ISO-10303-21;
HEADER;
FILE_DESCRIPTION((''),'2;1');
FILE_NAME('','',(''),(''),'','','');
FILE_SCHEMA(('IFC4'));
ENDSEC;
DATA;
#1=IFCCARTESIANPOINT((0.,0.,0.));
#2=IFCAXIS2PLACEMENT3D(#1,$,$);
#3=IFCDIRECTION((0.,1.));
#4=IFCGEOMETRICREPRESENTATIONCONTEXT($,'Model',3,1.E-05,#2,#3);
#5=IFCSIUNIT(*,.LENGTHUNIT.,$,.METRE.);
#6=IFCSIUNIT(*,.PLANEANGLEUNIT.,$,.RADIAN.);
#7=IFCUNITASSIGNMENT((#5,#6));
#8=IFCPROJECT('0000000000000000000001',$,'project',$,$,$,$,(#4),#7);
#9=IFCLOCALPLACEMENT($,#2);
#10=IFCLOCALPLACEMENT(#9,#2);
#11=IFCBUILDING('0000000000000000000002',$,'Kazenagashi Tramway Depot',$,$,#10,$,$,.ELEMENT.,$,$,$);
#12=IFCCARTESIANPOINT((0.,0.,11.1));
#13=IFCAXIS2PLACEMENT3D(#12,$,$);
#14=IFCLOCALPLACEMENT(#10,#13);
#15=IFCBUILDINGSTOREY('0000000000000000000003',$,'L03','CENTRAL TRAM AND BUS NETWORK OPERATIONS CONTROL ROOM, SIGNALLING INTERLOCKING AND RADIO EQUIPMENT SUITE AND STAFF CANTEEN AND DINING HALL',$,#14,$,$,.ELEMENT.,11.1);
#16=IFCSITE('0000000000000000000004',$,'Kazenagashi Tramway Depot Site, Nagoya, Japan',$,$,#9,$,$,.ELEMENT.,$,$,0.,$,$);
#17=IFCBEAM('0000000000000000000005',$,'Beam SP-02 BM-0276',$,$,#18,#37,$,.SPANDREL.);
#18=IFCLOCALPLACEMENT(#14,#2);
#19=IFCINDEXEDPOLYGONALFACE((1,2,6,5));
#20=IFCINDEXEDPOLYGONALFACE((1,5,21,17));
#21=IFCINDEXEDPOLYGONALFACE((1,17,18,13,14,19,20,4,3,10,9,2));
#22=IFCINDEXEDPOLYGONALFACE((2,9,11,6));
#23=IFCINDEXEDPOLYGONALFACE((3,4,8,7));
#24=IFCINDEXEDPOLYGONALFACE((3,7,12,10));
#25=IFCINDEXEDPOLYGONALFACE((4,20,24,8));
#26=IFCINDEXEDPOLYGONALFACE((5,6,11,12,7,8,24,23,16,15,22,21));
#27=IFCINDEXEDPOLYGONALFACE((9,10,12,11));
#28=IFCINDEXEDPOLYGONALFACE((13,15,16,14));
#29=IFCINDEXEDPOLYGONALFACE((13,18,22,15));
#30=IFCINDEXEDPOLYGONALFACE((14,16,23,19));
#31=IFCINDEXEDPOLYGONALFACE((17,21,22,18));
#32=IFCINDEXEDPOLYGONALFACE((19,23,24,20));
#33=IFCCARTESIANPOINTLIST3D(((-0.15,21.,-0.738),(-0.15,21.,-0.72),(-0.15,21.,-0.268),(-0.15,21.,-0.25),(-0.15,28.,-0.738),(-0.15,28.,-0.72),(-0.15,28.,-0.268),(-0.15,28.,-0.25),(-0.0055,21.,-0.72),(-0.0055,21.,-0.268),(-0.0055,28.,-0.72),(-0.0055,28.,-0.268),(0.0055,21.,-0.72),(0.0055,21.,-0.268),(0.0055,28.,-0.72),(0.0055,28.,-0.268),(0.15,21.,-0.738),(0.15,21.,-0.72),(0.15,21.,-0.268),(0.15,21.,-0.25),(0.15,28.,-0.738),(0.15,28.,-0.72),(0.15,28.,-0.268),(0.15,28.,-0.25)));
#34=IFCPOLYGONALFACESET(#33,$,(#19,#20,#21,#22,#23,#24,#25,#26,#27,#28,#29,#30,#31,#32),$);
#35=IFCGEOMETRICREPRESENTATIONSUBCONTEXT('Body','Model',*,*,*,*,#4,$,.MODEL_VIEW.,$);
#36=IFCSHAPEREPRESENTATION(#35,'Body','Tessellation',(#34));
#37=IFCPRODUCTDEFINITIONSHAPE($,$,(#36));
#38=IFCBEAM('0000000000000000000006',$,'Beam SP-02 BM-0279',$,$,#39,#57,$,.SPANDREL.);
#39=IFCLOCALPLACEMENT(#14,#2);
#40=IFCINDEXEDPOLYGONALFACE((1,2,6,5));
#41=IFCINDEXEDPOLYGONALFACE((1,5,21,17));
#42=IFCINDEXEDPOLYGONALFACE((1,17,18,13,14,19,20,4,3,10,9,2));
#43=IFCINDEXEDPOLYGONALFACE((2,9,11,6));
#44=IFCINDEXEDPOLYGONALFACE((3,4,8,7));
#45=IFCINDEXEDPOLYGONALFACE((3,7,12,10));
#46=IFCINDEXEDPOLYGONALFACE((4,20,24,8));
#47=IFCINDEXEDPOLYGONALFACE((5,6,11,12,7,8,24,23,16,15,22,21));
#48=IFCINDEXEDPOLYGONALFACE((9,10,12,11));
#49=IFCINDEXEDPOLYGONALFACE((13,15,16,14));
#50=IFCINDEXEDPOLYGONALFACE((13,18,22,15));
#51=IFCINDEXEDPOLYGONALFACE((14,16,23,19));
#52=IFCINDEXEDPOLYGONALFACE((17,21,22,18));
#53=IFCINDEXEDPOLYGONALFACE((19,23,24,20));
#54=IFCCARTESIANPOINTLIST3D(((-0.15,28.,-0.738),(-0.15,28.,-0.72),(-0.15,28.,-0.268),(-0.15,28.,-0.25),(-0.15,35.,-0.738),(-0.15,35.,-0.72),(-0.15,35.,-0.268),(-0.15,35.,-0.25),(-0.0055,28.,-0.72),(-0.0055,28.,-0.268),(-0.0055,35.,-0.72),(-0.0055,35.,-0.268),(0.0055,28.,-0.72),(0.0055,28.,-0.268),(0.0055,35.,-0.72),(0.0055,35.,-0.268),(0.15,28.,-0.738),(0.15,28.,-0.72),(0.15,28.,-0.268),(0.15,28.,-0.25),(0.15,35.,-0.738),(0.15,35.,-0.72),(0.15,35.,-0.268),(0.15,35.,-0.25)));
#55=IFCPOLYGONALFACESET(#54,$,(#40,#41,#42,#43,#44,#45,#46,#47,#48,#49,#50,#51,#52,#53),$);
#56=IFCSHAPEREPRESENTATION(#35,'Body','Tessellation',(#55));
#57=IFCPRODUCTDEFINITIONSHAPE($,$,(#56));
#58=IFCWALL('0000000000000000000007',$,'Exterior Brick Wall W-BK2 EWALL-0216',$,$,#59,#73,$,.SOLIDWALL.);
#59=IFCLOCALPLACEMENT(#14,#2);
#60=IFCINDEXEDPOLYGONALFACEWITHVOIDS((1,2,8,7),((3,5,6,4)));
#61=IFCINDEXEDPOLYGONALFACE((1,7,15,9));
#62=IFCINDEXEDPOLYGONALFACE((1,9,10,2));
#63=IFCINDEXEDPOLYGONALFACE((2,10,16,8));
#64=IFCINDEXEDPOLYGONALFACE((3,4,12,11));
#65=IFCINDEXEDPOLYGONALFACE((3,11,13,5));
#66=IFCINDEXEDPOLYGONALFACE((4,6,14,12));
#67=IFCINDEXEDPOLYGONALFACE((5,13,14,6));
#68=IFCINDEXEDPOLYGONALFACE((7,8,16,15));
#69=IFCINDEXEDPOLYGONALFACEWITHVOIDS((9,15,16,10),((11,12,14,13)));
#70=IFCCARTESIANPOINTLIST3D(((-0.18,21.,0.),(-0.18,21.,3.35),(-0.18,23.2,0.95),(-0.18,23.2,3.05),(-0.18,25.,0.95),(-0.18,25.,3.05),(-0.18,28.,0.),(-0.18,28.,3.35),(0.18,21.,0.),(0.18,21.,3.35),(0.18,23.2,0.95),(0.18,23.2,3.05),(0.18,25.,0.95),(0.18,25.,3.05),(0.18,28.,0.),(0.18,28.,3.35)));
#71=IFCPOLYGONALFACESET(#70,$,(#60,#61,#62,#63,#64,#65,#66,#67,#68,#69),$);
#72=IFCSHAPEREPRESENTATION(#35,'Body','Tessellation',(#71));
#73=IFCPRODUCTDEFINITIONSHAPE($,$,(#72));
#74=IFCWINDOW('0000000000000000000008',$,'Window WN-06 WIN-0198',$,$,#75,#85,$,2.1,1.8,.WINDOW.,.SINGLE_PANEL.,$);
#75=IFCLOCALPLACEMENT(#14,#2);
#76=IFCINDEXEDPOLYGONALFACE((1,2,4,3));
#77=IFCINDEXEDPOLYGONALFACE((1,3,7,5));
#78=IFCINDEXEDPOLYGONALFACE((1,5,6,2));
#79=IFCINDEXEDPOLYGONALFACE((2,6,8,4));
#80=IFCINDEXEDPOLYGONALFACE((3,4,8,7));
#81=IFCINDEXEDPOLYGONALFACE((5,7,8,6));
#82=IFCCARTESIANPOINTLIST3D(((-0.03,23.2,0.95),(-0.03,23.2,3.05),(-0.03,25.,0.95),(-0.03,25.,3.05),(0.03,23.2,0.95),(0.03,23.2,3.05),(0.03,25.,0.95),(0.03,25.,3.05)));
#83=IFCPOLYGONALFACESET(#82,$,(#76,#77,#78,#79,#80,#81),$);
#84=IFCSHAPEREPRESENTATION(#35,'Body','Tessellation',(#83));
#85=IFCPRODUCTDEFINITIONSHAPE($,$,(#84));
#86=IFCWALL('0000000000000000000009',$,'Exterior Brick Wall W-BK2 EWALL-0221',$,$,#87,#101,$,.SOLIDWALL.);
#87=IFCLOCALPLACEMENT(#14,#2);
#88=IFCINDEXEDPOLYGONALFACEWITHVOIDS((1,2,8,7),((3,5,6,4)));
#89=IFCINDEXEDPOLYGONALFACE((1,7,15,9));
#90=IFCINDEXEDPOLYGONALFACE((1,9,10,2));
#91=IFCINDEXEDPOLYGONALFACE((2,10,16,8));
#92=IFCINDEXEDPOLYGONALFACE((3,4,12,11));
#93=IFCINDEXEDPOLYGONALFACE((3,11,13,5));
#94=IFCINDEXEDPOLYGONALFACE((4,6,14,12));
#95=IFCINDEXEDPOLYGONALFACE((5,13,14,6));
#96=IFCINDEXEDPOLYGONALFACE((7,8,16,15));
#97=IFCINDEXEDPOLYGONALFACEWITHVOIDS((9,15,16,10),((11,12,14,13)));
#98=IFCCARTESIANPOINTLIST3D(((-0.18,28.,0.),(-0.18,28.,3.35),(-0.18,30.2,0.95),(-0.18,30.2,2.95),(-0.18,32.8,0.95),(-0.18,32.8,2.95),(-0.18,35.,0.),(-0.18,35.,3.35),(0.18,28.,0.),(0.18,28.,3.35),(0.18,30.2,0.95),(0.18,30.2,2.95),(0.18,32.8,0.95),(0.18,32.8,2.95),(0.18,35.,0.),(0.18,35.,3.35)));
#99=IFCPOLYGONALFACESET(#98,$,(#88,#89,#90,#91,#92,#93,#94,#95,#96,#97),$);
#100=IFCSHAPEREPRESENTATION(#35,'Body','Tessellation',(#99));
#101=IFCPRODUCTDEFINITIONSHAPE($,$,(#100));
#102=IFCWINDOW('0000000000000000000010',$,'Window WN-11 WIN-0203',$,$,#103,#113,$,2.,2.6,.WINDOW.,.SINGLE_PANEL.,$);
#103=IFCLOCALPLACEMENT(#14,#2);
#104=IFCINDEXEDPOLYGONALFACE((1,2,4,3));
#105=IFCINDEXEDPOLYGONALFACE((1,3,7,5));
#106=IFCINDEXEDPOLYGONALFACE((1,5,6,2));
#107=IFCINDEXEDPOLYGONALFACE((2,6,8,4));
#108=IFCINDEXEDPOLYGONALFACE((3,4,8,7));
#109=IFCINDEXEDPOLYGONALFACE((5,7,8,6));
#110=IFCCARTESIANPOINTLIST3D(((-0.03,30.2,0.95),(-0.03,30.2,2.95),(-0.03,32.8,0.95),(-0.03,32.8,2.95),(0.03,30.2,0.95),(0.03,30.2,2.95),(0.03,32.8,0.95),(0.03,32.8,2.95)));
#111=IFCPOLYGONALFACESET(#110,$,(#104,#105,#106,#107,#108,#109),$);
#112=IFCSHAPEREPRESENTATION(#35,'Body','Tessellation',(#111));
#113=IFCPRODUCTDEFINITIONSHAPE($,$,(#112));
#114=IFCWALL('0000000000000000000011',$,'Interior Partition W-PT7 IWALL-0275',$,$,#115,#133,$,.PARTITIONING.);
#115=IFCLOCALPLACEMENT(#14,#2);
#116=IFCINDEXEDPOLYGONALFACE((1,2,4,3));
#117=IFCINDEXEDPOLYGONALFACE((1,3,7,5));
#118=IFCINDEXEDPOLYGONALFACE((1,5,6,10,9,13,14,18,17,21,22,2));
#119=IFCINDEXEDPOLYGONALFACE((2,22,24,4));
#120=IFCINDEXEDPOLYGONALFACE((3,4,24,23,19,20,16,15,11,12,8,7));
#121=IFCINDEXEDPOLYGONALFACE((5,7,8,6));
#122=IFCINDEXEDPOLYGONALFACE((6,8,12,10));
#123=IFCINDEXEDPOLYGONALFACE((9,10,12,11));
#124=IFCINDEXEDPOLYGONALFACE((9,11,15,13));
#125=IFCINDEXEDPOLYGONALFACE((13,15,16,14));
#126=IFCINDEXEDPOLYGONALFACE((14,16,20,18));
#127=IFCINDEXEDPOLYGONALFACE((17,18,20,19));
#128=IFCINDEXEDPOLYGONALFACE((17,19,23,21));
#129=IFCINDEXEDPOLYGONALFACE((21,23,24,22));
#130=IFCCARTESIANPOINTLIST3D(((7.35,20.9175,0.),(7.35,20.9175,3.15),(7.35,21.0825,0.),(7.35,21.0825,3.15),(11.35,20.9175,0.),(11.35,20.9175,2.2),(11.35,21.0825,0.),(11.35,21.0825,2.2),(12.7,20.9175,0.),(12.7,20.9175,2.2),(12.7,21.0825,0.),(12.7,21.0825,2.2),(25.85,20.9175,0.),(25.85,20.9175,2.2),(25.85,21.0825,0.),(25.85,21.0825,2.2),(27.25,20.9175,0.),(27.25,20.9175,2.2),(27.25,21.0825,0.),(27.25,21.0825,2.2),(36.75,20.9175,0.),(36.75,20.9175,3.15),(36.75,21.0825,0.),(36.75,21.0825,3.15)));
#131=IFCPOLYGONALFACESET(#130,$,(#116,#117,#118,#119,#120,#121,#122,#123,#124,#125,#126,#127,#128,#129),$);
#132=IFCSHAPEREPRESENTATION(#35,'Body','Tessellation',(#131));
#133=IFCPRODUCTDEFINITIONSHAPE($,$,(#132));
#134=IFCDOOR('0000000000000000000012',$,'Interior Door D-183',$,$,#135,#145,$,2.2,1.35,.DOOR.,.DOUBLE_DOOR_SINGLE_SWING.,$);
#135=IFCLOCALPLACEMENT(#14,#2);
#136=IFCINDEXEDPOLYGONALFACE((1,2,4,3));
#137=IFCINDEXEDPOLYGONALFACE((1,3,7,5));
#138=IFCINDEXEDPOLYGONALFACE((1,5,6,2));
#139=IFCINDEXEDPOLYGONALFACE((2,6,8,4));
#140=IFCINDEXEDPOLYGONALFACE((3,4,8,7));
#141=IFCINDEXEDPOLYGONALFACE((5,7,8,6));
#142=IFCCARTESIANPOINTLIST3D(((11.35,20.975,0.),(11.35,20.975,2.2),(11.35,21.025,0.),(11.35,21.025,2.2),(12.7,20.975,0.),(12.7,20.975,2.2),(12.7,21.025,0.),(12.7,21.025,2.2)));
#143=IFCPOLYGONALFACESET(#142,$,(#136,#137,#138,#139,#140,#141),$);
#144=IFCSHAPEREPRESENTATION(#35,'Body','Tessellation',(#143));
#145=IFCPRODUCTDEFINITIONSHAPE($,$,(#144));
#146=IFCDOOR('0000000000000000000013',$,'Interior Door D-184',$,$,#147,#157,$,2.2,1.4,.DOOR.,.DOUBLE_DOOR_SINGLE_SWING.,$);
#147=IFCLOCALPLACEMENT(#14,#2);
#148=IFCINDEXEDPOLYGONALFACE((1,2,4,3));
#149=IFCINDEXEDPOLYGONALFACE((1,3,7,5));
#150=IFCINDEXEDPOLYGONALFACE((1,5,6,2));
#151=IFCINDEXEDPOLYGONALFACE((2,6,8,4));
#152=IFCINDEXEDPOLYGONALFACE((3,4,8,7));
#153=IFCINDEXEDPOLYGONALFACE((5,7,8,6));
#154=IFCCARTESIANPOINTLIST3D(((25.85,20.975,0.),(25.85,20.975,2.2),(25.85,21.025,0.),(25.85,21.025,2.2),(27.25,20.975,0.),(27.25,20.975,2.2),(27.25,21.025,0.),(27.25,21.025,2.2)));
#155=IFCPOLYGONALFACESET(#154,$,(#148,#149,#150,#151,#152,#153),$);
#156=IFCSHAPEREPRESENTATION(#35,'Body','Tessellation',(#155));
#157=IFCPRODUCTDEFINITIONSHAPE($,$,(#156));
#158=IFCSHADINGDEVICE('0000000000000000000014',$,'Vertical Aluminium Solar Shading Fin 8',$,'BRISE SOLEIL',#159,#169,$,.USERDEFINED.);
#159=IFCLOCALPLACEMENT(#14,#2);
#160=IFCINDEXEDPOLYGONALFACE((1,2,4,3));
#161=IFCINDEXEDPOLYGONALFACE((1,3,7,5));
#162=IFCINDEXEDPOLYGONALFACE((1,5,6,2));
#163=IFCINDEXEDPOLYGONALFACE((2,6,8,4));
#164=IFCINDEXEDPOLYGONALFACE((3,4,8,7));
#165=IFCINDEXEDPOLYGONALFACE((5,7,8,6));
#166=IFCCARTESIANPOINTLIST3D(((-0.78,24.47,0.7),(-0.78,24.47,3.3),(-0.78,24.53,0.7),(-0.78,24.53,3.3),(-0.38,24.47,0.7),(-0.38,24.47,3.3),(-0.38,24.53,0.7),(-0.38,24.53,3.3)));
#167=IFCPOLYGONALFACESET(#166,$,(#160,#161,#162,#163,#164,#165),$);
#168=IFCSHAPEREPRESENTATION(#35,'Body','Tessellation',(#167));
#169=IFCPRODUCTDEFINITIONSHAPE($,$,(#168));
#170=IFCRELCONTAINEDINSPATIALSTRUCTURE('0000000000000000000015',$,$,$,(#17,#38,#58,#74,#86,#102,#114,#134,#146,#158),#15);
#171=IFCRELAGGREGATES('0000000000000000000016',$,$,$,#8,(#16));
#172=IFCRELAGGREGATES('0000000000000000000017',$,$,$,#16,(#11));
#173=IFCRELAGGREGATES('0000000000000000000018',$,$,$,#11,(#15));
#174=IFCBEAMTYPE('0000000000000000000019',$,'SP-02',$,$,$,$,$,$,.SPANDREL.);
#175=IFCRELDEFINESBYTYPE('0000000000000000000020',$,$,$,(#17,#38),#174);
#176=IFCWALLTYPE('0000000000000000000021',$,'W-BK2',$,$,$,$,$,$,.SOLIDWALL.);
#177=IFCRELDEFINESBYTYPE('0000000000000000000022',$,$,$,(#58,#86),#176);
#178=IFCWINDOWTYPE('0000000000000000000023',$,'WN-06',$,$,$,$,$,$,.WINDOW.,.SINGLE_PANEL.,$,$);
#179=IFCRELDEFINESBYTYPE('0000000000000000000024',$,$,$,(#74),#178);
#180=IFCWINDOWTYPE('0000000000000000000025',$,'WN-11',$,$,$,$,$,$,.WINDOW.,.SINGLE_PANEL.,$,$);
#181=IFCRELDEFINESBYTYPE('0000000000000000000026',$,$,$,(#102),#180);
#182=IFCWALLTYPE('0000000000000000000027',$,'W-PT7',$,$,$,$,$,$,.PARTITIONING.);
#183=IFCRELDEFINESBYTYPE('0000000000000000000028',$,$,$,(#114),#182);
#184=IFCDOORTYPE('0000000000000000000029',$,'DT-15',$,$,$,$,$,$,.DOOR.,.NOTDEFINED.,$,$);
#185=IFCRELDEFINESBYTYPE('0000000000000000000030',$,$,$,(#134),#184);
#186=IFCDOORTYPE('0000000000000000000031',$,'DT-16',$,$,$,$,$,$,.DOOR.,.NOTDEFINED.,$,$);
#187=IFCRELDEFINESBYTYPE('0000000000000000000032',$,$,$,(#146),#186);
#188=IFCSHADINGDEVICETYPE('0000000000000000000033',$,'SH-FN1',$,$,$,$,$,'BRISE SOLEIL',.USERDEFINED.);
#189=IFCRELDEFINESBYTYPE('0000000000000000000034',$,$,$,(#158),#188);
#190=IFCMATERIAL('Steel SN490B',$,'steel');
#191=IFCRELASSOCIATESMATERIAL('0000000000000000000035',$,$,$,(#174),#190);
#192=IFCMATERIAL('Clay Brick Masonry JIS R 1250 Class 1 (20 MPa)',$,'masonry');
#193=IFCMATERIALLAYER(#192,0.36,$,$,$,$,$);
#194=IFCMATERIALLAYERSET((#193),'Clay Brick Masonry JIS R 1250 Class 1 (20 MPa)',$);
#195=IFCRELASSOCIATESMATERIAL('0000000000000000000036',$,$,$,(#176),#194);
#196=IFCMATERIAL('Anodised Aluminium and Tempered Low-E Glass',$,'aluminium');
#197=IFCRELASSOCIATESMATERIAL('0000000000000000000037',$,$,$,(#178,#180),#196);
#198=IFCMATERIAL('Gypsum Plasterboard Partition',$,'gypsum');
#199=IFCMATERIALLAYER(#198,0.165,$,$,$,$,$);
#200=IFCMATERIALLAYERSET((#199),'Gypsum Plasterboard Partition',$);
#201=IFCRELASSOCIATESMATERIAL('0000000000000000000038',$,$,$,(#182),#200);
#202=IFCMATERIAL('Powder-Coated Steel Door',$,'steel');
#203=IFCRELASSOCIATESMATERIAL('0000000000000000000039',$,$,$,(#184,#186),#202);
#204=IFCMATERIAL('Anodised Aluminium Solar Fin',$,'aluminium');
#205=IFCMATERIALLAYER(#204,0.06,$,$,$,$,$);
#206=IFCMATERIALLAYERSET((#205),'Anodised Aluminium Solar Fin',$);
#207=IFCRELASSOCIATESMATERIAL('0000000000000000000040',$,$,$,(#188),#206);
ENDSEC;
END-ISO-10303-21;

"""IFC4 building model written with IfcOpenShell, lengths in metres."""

from ifc_helpers import new_model, si_unit, direction, frame, frame_2d, origin, origin_2d, place, context, subcontext, project, spatial, rectangle, i_section, extrude, material, layer, layer_set, material_profile, profile_set, type_object, element, fill, save


model = new_model("IFC4")

# Units and contexts
model_context = context("Model", 3, precision=1e-05, world=origin(), true_north=direction((0.0, 1.0)))
body_context = subcontext(model_context, "Body", "Model", "MODEL_VIEW")
ifc_project = project(units=[si_unit("LENGTHUNIT", "METRE"), si_unit("PLANEANGLEUNIT", "RADIAN")], contexts=[model_context])

# Site, building, storey
site_placement = place(None, origin())
site = spatial("IfcSite", under=ifc_project, at=site_placement, Name="Kazenagashi Tramway Depot Site, Nagoya, Japan", CompositionType="ELEMENT", RefElevation=0.0)
building_placement = place(site_placement, origin())
building = spatial("IfcBuilding", under=site, at=building_placement, Name="Kazenagashi Tramway Depot", CompositionType="ELEMENT")
storey_placement = place(building_placement, frame((0.0, 0.0, 11.1)))
storey = spatial("IfcBuildingStorey", under=building, at=storey_placement, Name="L03", Description="CENTRAL TRAM AND BUS NETWORK OPERATIONS CONTROL ROOM, SIGNALLING INTERLOCKING AND RADIO EQUIPMENT SUITE AND STAFF CANTEEN AND DINING HALL", CompositionType="ELEMENT", Elevation=11.1)

# Shared definitions
ifc_material_1 = material(Name="Steel SN490B", Category="steel")

# Beams
ifc_material_profile_1 = material_profile(ifc_material_1, i_section(OverallWidth=0.3, OverallDepth=0.488, WebThickness=0.011, FlangeThickness=0.018, at=origin_2d()), Name="H-488x300x11x18")
ifc_profile_set_1 = profile_set([ifc_material_profile_1], Name="Steel SN490B")
beam_type_1 = type_object("IfcBeamType", Name="SP-02", PredefinedType="SPANDREL", material=ifc_profile_set_1)
for number, where, z_axis, x_axis, name in (
    (1, (0.0, 21.0, -0.494), (0.0, 1.0, 0.0), (-1.0, 0.0, 0.0), "Beam SP-02 BM-0276"),
    (2, (0.0, 28.0, -0.494), (0.0, 1.0, 0.0), (-1.0, 0.0, 0.0), "Beam SP-02 BM-0279"),
):
    element("IfcBeam", number, at=place(storey_placement, frame(where, z_axis=z_axis, x_axis=x_axis)), inside=storey, type_object=beam_type_1, Name=name, PredefinedType="SPANDREL", context=body_context, shape_type="SweptSolid", body=[
        extrude(i_section(OverallWidth=0.3, OverallDepth=0.488, WebThickness=0.011, FlangeThickness=0.018, at=origin_2d()), origin(), (0.0, 0.0, 1.0), 7.0),
    ])

# Walls, openings, windows
ifc_material_2 = material(Name="Clay Brick Masonry JIS R 1250 Class 1 (20 MPa)", Category="masonry")
ifc_layer_1 = layer(ifc_material_2, 0.36)
ifc_layer_set_1 = layer_set([ifc_layer_1], Name="Clay Brick Masonry JIS R 1250 Class 1 (20 MPa)")
wall_type_1 = type_object("IfcWallType", Name="W-BK2", PredefinedType="SOLIDWALL", material=ifc_layer_set_1)
wall_1_placement = place(storey_placement, frame((0.0, 21.0, 0.0), z_axis=(0.0, 0.0, 1.0), x_axis=(0.0, 1.0, 0.0)))
wall_1 = element("IfcWall", 3, at=wall_1_placement, inside=storey, type_object=wall_type_1, Name="Exterior Brick Wall W-BK2 EWALL-0216", PredefinedType="SOLIDWALL", context=body_context, shape_type="SweptSolid", body=[
    extrude(rectangle(XDim=7.0, YDim=0.36, at=frame_2d((3.5, 0.0))), origin(), (0.0, 0.0, 1.0), 3.35),
])
opening_1_placement = place(wall_1_placement, frame((2.2, 0.0, 0.95)))
opening_1 = element("IfcOpeningElement", 4, at=opening_1_placement, cuts=wall_1, PredefinedType="OPENING", context=body_context, shape_type="SweptSolid", body=[
    extrude(rectangle(XDim=1.8, YDim=2.1, at=frame_2d((0.9, 1.05))), frame((0.0, 0.19, 0.0), z_axis=(0.0, -1.0, 0.0), x_axis=(1.0, 0.0, 0.0)), (0.0, 0.0, 1.0), 0.38),
])
ifc_material_3 = material(Name="Anodised Aluminium and Tempered Low-E Glass", Category="aluminium")
window_type_1 = type_object("IfcWindowType", Name="WN-06", PartitioningType="SINGLE_PANEL", PredefinedType="WINDOW", material=ifc_material_3)
window_1_placement = place(opening_1_placement, origin())
window_1 = element("IfcWindow", 5, at=window_1_placement, inside=storey, type_object=window_type_1, Name="Window WN-06 WIN-0198", OverallHeight=2.1, OverallWidth=1.8, PartitioningType="SINGLE_PANEL", PredefinedType="WINDOW", context=body_context, shape_type="SweptSolid", body=[
    extrude(rectangle(XDim=1.8, YDim=2.1, at=frame_2d((0.9, 1.05))), frame((0.0, 0.03, 0.0), z_axis=(0.0, -1.0, 0.0), x_axis=(1.0, 0.0, 0.0)), (0.0, 0.0, 1.0), 0.06),
])
fill(opening_1, window_1)
wall_2_placement = place(storey_placement, frame((0.0, 28.0, 0.0), z_axis=(0.0, 0.0, 1.0), x_axis=(0.0, 1.0, 0.0)))
wall_2 = element("IfcWall", 6, at=wall_2_placement, inside=storey, type_object=wall_type_1, Name="Exterior Brick Wall W-BK2 EWALL-0221", PredefinedType="SOLIDWALL", context=body_context, shape_type="SweptSolid", body=[
    extrude(rectangle(XDim=7.0, YDim=0.36, at=frame_2d((3.5, 0.0))), origin(), (0.0, 0.0, 1.0), 3.35),
])
opening_2_placement = place(wall_2_placement, frame((2.2, 0.0, 0.95)))
opening_2 = element("IfcOpeningElement", 7, at=opening_2_placement, cuts=wall_2, PredefinedType="OPENING", context=body_context, shape_type="SweptSolid", body=[
    extrude(rectangle(XDim=2.6, YDim=2.0, at=frame_2d((1.3, 1.0))), frame((0.0, 0.19, 0.0), z_axis=(0.0, -1.0, 0.0), x_axis=(1.0, 0.0, 0.0)), (0.0, 0.0, 1.0), 0.38),
])
window_type_2 = type_object("IfcWindowType", Name="WN-11", PartitioningType="SINGLE_PANEL", PredefinedType="WINDOW", material=ifc_material_3)
window_2_placement = place(opening_2_placement, origin())
window_2 = element("IfcWindow", 8, at=window_2_placement, inside=storey, type_object=window_type_2, Name="Window WN-11 WIN-0203", OverallHeight=2.0, OverallWidth=2.6, PartitioningType="SINGLE_PANEL", PredefinedType="WINDOW", context=body_context, shape_type="SweptSolid", body=[
    extrude(rectangle(XDim=2.6, YDim=2.0, at=frame_2d((1.3, 1.0))), frame((0.0, 0.03, 0.0), z_axis=(0.0, -1.0, 0.0), x_axis=(1.0, 0.0, 0.0)), (0.0, 0.0, 1.0), 0.06),
])
fill(opening_2, window_2)

# Wall, openings, doors
ifc_material_4 = material(Name="Gypsum Plasterboard Partition", Category="gypsum")
ifc_layer_2 = layer(ifc_material_4, 0.165)
ifc_layer_set_2 = layer_set([ifc_layer_2], Name="Gypsum Plasterboard Partition")
wall_type_2 = type_object("IfcWallType", Name="W-PT7", PredefinedType="PARTITIONING", material=ifc_layer_set_2)
wall_3_placement = place(storey_placement, frame((7.35, 21.0, 0.0), z_axis=(0.0, 0.0, 1.0), x_axis=(1.0, 0.0, 0.0)))
wall_3 = element("IfcWall", 9, at=wall_3_placement, inside=storey, type_object=wall_type_2, Name="Interior Partition W-PT7 IWALL-0275", PredefinedType="PARTITIONING", context=body_context, shape_type="SweptSolid", body=[
    extrude(rectangle(XDim=29.4, YDim=0.165, at=frame_2d((14.7, 0.0))), origin(), (0.0, 0.0, 1.0), 3.15),
])
opening_3_placement = place(wall_3_placement, frame((4.0, 0.0, 0.0)))
opening_3 = element("IfcOpeningElement", 10, at=opening_3_placement, cuts=wall_3, PredefinedType="OPENING", context=body_context, shape_type="SweptSolid", body=[
    extrude(rectangle(XDim=1.35, YDim=2.2, at=frame_2d((0.675, 1.1))), frame((0.0, 0.0925, 0.0), z_axis=(0.0, -1.0, 0.0), x_axis=(1.0, 0.0, 0.0)), (0.0, 0.0, 1.0), 0.185),
])
opening_4_placement = place(wall_3_placement, frame((18.5, 0.0, 0.0)))
opening_4 = element("IfcOpeningElement", 11, at=opening_4_placement, cuts=wall_3, PredefinedType="OPENING", context=body_context, shape_type="SweptSolid", body=[
    extrude(rectangle(XDim=1.4, YDim=2.2, at=frame_2d((0.7, 1.1))), frame((0.0, 0.0925, 0.0), z_axis=(0.0, -1.0, 0.0), x_axis=(1.0, 0.0, 0.0)), (0.0, 0.0, 1.0), 0.185),
])
ifc_material_5 = material(Name="Powder-Coated Steel Door", Category="steel")
door_type_1 = type_object("IfcDoorType", Name="DT-15", OperationType="NOTDEFINED", PredefinedType="DOOR", material=ifc_material_5)
door_1_placement = place(opening_3_placement, origin())
door_1 = element("IfcDoor", 12, at=door_1_placement, inside=storey, type_object=door_type_1, Name="Interior Door D-183", OperationType="DOUBLE_DOOR_SINGLE_SWING", OverallHeight=2.2, OverallWidth=1.35, PredefinedType="DOOR", context=body_context, shape_type="SweptSolid", body=[
    extrude(rectangle(XDim=1.35, YDim=2.2, at=frame_2d((0.675, 1.1))), frame((0.0, 0.025, 0.0), z_axis=(0.0, -1.0, 0.0), x_axis=(1.0, 0.0, 0.0)), (0.0, 0.0, 1.0), 0.05),
])
fill(opening_3, door_1)
door_type_2 = type_object("IfcDoorType", Name="DT-16", OperationType="NOTDEFINED", PredefinedType="DOOR", material=ifc_material_5)
door_2_placement = place(opening_4_placement, origin())
door_2 = element("IfcDoor", 13, at=door_2_placement, inside=storey, type_object=door_type_2, Name="Interior Door D-184", OperationType="DOUBLE_DOOR_SINGLE_SWING", OverallHeight=2.2, OverallWidth=1.4, PredefinedType="DOOR", context=body_context, shape_type="SweptSolid", body=[
    extrude(rectangle(XDim=1.4, YDim=2.2, at=frame_2d((0.7, 1.1))), frame((0.0, 0.025, 0.0), z_axis=(0.0, -1.0, 0.0), x_axis=(1.0, 0.0, 0.0)), (0.0, 0.0, 1.0), 0.05),
])
fill(opening_4, door_2)

# Shading device
ifc_material_6 = material(Name="Anodised Aluminium Solar Fin", Category="aluminium")
ifc_layer_3 = layer(ifc_material_6, 0.06)
ifc_layer_set_3 = layer_set([ifc_layer_3], Name="Anodised Aluminium Solar Fin")
shading_device_type = type_object("IfcShadingDeviceType", Name="SH-FN1", ElementType="BRISE SOLEIL", PredefinedType="USERDEFINED", material=ifc_layer_set_3)
shading_device_placement = place(storey_placement, frame((-0.58, 24.5, 0.7), z_axis=(0.0, 0.0, 1.0), x_axis=(1.0, 0.0, 0.0)))
element("IfcShadingDevice", 14, at=shading_device_placement, inside=storey, type_object=shading_device_type, Name="Vertical Aluminium Solar Shading Fin 8", ObjectType="BRISE SOLEIL", PredefinedType="USERDEFINED", context=body_context, shape_type="SweptSolid", body=[
    extrude(rectangle(XDim=0.4, YDim=0.06, at=origin_2d()), origin(), (0.0, 0.0, 1.0), 2.6),
])

save(model, "model.ifc")
